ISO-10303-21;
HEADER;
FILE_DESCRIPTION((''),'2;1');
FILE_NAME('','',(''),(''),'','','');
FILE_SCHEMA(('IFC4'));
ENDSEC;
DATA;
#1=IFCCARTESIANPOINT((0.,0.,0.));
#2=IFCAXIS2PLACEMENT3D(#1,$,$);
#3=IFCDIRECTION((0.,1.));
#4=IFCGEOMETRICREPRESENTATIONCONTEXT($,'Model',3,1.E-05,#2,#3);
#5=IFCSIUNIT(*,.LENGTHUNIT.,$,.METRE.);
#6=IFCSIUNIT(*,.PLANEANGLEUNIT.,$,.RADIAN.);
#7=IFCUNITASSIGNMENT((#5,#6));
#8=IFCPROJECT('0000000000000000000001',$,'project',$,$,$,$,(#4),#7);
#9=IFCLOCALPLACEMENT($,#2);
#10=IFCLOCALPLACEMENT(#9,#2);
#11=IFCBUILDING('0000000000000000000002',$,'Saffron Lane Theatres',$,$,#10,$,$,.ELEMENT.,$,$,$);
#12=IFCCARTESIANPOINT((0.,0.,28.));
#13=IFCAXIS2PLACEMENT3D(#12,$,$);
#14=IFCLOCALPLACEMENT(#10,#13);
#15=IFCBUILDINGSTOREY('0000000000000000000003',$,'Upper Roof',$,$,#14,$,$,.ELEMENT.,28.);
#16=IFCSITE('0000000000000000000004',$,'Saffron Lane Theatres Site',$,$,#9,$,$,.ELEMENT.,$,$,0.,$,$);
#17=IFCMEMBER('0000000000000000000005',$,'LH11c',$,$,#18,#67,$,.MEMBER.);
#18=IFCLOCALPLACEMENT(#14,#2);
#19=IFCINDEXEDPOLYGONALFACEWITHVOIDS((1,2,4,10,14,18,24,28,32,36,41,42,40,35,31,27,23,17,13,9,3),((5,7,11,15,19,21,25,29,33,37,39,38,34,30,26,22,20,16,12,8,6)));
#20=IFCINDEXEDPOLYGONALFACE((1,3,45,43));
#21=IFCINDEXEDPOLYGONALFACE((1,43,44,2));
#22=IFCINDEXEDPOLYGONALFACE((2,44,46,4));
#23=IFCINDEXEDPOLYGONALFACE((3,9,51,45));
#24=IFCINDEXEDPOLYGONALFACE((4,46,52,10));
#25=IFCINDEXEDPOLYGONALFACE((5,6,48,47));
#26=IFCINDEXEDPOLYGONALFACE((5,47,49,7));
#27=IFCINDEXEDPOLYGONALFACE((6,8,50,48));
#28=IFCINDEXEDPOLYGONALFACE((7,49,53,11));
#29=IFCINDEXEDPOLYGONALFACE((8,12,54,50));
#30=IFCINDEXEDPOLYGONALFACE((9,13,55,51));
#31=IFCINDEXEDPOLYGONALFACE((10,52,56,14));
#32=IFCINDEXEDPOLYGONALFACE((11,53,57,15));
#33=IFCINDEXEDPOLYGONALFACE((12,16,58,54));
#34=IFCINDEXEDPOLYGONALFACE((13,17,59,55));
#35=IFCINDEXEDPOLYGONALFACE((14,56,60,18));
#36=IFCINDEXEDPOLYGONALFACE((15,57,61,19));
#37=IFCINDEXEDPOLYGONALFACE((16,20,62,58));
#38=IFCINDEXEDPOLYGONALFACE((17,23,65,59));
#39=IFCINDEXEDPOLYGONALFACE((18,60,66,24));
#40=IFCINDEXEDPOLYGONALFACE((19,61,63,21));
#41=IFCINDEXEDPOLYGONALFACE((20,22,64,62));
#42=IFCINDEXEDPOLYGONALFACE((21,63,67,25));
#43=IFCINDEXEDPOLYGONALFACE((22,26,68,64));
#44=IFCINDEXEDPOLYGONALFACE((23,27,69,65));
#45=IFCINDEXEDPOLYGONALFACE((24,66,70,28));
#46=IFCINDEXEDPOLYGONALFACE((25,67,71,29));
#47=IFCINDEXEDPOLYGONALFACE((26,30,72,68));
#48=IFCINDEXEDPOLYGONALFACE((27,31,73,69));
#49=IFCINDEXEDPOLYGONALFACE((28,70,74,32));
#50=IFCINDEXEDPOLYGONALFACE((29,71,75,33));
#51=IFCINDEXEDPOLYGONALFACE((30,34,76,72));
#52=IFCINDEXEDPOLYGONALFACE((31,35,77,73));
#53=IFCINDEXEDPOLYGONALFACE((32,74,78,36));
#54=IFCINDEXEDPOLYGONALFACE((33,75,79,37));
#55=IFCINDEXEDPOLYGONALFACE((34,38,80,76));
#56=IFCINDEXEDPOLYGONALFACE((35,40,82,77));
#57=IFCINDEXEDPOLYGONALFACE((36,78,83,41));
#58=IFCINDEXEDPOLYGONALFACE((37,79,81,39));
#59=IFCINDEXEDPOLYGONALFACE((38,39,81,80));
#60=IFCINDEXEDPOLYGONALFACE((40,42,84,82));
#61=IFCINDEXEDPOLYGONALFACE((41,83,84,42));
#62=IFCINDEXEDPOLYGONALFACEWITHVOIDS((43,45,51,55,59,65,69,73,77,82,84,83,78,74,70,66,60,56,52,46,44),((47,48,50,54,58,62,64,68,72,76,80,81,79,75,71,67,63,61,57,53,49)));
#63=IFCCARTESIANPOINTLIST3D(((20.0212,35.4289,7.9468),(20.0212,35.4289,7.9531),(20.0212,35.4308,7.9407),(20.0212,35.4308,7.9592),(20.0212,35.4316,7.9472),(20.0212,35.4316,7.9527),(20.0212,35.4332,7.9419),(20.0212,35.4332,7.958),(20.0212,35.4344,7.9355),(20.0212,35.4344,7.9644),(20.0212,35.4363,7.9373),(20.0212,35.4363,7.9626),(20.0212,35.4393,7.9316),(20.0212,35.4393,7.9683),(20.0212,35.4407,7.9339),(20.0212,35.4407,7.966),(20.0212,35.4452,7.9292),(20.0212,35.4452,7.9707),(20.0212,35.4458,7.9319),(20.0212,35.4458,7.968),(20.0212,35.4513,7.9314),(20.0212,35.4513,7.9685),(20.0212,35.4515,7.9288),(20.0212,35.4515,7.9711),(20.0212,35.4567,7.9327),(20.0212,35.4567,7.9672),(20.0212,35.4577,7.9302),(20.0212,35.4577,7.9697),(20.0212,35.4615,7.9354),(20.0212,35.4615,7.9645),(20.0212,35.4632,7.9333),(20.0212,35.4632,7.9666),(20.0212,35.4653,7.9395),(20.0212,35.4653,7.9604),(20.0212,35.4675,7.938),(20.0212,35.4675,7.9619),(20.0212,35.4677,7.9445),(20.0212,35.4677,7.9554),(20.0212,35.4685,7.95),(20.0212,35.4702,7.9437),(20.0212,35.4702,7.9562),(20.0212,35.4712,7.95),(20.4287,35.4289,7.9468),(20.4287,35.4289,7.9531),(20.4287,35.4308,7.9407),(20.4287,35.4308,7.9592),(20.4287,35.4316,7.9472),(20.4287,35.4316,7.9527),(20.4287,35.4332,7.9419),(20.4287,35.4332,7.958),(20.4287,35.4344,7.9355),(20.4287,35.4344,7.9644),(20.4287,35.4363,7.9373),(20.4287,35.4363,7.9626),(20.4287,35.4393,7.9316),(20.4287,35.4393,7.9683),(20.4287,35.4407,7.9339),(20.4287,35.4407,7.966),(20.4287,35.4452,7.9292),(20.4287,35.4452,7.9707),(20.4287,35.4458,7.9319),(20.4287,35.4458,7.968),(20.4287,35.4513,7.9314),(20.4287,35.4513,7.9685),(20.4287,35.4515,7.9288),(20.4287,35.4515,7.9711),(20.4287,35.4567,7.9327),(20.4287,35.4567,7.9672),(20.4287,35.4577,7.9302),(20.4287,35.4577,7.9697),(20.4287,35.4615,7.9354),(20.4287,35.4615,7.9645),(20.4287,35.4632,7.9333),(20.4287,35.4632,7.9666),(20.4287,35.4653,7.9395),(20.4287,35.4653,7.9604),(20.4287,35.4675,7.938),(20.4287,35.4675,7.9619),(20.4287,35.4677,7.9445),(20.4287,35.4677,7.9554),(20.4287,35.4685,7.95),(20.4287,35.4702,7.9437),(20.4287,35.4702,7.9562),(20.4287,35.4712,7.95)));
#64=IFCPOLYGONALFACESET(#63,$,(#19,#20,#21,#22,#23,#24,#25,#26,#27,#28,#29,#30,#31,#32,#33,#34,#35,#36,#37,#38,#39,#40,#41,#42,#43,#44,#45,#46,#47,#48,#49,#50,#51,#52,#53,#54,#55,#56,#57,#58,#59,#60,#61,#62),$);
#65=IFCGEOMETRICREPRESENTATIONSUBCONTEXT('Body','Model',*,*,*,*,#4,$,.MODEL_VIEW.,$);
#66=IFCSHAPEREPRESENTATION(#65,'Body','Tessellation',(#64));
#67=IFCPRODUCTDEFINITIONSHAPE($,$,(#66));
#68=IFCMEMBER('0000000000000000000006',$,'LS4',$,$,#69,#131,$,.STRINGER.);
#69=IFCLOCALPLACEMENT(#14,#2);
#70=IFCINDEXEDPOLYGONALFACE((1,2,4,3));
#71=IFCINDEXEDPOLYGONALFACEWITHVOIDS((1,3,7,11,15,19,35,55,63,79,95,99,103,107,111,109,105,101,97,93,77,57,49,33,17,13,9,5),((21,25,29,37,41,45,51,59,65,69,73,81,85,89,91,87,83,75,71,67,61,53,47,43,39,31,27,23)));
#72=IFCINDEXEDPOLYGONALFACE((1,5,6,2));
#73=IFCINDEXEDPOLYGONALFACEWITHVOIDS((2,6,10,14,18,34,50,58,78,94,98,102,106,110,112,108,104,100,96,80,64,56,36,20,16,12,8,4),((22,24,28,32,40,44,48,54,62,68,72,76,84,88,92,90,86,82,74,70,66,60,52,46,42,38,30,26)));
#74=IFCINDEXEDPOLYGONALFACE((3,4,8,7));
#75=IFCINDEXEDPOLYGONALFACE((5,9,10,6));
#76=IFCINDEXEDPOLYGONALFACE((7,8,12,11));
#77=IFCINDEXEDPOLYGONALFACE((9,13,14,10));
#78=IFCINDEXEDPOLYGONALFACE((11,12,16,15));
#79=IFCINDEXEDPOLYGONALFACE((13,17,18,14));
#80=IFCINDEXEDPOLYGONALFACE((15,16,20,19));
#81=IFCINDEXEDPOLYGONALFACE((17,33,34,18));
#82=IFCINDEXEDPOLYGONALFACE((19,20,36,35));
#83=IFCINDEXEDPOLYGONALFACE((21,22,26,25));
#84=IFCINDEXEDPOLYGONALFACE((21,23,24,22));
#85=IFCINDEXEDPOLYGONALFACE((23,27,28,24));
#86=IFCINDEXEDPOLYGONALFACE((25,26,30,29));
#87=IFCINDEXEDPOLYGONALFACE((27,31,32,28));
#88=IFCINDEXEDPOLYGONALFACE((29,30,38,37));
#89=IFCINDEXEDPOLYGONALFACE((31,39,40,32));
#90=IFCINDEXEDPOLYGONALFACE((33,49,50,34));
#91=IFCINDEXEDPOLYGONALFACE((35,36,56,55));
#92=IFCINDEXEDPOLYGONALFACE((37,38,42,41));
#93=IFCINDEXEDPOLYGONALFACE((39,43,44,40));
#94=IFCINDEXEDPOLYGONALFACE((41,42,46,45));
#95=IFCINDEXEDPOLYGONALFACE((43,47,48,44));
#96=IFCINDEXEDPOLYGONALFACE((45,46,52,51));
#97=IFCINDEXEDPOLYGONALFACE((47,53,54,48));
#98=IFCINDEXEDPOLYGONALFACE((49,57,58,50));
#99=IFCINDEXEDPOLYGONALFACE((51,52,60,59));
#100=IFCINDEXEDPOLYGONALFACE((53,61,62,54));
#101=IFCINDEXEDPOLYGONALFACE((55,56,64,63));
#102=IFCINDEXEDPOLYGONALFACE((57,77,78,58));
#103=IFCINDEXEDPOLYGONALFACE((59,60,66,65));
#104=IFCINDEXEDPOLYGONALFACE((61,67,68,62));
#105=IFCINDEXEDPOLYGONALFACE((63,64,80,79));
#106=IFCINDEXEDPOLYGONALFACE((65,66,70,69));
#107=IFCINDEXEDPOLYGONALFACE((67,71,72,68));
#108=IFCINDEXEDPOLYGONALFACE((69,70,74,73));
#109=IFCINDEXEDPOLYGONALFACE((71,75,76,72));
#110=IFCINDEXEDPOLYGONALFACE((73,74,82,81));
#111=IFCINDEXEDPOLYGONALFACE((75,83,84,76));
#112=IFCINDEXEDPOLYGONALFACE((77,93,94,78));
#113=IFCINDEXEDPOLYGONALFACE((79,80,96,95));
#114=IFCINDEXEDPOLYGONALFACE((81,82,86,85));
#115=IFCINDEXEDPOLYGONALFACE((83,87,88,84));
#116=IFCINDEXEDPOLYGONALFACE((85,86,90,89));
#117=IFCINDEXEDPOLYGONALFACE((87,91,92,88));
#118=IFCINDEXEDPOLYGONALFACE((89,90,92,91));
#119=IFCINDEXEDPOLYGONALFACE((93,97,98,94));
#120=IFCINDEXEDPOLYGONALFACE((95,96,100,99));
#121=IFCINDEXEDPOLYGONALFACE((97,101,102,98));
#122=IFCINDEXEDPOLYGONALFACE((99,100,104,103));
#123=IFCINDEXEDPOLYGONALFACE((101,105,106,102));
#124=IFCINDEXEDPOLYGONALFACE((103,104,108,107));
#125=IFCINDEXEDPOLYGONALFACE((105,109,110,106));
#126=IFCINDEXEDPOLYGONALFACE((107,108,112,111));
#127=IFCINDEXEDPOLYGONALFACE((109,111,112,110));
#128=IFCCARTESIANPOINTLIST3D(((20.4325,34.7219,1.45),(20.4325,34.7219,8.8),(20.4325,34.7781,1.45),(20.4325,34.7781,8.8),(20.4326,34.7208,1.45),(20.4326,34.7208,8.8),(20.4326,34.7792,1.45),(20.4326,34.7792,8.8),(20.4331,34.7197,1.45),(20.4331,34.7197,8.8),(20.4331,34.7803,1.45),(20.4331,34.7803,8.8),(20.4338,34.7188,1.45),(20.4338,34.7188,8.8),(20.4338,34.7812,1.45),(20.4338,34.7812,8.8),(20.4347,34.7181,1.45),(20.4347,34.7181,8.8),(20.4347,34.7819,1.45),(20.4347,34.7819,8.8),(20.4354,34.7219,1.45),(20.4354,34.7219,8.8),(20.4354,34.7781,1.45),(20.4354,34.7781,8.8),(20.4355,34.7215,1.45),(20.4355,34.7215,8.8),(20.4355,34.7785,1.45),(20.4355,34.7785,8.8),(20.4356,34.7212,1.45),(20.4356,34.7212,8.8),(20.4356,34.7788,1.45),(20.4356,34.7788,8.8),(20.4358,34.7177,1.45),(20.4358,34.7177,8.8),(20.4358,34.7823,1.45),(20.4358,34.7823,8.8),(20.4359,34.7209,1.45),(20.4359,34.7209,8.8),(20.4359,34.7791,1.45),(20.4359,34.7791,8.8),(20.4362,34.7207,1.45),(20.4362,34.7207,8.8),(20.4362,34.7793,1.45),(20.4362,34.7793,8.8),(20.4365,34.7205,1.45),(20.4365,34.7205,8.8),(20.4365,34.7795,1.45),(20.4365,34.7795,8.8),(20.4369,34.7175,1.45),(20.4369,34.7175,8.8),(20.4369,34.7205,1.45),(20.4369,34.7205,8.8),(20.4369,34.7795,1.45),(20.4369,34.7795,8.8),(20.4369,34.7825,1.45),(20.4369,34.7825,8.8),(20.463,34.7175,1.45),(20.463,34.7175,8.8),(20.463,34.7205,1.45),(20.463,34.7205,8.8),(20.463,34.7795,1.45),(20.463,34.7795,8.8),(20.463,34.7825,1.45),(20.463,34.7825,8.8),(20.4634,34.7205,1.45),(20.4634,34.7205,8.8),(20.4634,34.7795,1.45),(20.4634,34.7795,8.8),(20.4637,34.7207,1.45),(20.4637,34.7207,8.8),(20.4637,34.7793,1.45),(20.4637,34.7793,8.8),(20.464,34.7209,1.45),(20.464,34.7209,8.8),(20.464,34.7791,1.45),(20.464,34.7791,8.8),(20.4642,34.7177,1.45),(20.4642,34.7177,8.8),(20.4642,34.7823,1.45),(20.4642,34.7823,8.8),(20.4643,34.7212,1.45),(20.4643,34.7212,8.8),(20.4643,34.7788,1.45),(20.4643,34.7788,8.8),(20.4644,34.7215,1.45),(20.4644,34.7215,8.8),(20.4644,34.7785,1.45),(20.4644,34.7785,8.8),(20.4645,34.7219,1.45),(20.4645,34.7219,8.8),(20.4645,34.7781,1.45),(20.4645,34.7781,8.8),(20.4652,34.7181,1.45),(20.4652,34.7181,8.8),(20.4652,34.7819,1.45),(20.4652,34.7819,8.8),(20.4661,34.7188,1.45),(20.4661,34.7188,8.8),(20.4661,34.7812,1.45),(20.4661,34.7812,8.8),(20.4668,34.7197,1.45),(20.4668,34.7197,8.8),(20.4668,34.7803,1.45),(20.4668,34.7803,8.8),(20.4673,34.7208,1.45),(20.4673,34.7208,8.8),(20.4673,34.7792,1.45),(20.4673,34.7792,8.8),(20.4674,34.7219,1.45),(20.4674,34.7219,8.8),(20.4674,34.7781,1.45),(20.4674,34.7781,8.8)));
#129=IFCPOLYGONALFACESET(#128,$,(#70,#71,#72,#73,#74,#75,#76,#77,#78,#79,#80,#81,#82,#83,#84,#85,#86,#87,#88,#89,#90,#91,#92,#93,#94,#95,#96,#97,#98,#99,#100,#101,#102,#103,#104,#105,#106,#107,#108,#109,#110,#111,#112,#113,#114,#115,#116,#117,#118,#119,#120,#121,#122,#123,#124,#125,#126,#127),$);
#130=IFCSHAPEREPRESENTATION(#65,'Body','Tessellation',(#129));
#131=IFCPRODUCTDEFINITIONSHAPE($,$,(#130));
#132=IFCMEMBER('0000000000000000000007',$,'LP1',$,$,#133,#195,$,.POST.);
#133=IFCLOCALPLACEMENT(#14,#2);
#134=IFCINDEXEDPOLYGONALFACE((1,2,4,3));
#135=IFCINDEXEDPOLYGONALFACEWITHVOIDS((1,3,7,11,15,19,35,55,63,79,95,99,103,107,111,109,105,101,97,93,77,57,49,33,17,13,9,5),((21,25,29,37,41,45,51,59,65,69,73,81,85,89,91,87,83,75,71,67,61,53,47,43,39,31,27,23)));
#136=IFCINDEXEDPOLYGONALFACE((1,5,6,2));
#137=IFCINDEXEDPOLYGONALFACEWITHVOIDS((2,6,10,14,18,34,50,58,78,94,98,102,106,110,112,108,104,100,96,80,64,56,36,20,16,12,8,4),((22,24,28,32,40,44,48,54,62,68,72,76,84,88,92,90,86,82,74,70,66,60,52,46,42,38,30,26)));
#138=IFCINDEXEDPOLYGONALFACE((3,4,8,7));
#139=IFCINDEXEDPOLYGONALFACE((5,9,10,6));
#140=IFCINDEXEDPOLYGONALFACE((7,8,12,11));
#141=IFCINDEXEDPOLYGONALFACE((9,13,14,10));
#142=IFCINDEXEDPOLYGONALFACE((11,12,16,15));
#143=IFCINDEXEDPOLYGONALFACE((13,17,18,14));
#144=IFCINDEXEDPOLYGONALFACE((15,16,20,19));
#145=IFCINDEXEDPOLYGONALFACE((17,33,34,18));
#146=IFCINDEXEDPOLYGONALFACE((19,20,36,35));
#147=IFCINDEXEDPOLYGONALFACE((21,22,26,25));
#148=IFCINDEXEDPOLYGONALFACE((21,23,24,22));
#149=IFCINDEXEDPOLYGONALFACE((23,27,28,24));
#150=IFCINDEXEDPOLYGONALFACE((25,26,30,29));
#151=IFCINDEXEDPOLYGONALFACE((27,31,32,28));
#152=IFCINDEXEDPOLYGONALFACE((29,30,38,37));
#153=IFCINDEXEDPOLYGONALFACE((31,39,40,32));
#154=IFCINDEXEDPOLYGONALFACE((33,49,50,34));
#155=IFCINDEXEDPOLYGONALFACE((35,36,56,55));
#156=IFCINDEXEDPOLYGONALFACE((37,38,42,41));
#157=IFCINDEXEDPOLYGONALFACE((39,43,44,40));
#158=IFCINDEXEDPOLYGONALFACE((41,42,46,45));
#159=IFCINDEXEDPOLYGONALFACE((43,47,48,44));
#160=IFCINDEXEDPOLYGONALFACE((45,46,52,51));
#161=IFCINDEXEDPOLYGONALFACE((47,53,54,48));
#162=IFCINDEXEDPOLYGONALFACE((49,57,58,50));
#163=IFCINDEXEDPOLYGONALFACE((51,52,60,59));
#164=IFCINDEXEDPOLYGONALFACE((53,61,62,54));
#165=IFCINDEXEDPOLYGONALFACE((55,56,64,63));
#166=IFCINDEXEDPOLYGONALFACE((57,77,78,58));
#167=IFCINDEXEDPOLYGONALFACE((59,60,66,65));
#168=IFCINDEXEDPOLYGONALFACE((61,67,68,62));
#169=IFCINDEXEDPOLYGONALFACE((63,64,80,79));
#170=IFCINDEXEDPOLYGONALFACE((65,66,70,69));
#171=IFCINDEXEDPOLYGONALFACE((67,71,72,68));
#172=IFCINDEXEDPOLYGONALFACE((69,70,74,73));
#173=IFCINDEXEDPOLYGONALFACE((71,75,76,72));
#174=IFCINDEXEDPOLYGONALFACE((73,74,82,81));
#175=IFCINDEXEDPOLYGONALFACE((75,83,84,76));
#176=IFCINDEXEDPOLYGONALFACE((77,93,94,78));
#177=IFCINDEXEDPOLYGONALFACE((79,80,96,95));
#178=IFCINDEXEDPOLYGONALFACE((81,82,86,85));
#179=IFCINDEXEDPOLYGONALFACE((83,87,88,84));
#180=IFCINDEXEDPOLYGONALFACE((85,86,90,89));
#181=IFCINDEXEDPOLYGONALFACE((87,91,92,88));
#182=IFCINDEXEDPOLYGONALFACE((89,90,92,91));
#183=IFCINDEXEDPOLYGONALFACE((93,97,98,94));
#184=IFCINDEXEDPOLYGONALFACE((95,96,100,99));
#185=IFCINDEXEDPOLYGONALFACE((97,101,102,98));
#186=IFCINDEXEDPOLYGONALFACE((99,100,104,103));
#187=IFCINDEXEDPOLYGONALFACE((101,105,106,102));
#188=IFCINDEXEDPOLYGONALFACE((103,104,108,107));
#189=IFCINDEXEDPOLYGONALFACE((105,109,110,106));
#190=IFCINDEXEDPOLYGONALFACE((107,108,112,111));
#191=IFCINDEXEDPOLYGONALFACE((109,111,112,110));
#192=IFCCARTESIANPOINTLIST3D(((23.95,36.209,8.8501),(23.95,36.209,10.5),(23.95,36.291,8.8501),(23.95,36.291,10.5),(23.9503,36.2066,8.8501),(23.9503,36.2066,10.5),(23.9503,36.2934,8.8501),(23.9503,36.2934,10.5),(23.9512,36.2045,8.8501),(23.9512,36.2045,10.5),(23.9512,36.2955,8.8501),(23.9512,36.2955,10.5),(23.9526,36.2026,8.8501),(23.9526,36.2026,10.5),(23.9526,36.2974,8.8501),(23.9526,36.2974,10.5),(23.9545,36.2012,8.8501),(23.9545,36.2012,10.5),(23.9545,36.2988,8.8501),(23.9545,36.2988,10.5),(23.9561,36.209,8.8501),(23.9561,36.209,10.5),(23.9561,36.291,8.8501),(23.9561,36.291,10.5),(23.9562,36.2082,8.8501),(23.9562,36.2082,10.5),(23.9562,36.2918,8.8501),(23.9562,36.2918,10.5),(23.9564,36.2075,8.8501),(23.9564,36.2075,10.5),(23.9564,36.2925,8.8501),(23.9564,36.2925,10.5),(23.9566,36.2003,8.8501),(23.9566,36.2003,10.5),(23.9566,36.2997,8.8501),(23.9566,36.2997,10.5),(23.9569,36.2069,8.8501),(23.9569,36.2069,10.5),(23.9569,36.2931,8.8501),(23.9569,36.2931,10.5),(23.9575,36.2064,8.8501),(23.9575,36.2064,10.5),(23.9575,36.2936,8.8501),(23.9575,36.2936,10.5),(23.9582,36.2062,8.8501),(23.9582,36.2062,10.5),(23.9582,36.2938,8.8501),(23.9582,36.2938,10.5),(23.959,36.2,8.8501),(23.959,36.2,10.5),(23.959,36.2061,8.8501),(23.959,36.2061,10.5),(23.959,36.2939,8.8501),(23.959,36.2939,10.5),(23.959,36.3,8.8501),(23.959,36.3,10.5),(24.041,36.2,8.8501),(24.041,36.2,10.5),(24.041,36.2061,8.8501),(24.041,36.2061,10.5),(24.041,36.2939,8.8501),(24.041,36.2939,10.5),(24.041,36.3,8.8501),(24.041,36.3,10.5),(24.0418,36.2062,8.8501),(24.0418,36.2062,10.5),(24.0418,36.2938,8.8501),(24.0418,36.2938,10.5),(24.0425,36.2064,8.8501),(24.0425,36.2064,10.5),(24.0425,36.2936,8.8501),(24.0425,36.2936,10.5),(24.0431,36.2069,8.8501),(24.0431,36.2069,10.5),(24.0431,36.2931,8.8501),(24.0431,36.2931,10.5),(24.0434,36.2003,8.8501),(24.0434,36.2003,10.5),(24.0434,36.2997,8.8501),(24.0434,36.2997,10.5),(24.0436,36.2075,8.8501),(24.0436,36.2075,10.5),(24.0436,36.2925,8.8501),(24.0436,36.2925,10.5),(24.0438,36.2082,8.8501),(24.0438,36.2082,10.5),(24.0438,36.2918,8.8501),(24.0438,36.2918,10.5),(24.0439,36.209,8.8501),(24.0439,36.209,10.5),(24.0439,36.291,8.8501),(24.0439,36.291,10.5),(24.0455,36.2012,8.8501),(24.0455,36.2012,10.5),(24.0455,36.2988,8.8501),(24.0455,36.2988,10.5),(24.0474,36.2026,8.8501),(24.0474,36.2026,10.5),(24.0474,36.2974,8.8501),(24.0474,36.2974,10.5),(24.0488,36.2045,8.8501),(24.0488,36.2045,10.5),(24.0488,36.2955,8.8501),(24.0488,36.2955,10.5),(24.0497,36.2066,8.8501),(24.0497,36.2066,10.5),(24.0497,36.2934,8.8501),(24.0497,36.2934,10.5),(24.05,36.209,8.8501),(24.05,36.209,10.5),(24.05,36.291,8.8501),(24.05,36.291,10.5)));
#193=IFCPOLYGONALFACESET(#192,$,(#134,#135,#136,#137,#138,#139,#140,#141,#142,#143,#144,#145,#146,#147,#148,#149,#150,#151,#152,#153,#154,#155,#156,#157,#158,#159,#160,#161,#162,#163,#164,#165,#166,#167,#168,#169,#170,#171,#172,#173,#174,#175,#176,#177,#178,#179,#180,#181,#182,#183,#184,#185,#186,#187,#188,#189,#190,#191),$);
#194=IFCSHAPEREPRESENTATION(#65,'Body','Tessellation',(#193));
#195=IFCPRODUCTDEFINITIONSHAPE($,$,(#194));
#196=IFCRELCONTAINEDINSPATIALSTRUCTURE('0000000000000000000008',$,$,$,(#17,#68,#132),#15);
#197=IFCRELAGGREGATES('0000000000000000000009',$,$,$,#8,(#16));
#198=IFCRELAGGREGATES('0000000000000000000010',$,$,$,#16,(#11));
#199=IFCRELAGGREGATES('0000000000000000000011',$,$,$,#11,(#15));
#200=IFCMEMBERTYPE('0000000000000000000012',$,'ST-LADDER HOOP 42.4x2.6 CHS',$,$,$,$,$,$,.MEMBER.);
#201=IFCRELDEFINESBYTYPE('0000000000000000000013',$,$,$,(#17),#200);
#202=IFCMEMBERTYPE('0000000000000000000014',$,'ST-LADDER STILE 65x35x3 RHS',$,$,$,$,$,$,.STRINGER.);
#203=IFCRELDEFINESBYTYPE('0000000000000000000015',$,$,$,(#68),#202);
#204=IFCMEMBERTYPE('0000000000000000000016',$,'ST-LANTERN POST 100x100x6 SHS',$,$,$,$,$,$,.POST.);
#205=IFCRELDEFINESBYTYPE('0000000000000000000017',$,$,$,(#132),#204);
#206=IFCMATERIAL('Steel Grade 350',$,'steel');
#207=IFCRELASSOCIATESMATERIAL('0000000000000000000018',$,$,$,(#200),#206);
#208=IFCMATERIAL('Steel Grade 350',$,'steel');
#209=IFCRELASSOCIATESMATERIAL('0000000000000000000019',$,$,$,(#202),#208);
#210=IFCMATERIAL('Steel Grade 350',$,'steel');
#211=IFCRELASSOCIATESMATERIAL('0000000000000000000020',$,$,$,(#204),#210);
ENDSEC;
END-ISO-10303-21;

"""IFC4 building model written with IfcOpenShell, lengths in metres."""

from ifc_helpers import new_model, si_unit, direction, frame, origin, origin_2d, place, context, subcontext, project, spatial, hollow_rectangle, hollow_circle, extrude, material, material_profile, profile_set, type_object, element, save


model = new_model("IFC4")

# Units and contexts
model_context = context("Model", 3, precision=1e-05, world=origin(), true_north=direction((0.0, 1.0)))
body_context = subcontext(model_context, "Body", "Model", "MODEL_VIEW")
ifc_project = project(units=[si_unit("LENGTHUNIT", "METRE"), si_unit("PLANEANGLEUNIT", "RADIAN")], contexts=[model_context])

# Site, building, storey
site_placement = place(None, origin())
site = spatial("IfcSite", under=ifc_project, at=site_placement, Name="Saffron Lane Theatres Site", CompositionType="ELEMENT", RefElevation=0.0)
building_placement = place(site_placement, origin())
building = spatial("IfcBuilding", under=site, at=building_placement, Name="Saffron Lane Theatres", CompositionType="ELEMENT")
storey_placement = place(building_placement, frame((0.0, 0.0, 28.0)))
storey = spatial("IfcBuildingStorey", under=building, at=storey_placement, Name="Upper Roof", CompositionType="ELEMENT", Elevation=28.0)

# Members
ifc_material_1 = material(Name="Steel Grade 350", Category="steel")
ifc_material_profile_1 = material_profile(ifc_material_1, hollow_circle(Radius=0.0212, WallThickness=0.0027, at=origin_2d()))
ifc_profile_set_1 = profile_set([ifc_material_profile_1], Name="Steel Grade 350")
member_type_1 = type_object("IfcMemberType", Name="ST-LADDER HOOP 42.4x2.6 CHS", PredefinedType="MEMBER", material=ifc_profile_set_1)
member_1_placement = place(storey_placement, frame((20.0212, 35.45, 7.95), z_axis=(1.0, 0.0, 0.0), x_axis=(0.0, 1.0, 0.0)))
element("IfcMember", 1, at=member_1_placement, inside=storey, type_object=member_type_1, Name="LH11c", PredefinedType="MEMBER", context=body_context, shape_type="SweptSolid", body=[
    extrude(hollow_circle(Radius=0.0212, WallThickness=0.0027, at=origin_2d()), origin(), (0.0, 0.0, 1.0), 0.4075),
])
ifc_material_2 = material(Name="Steel Grade 350", Category="steel")
ifc_material_profile_2 = material_profile(ifc_material_2, hollow_rectangle(XDim=0.0349, YDim=0.0649, WallThickness=0.0029, InnerFilletRadius=0.0015, OuterFilletRadius=0.0044, at=origin_2d()))
ifc_profile_set_2 = profile_set([ifc_material_profile_2], Name="Steel Grade 350")
member_type_2 = type_object("IfcMemberType", Name="ST-LADDER STILE 65x35x3 RHS", PredefinedType="STRINGER", material=ifc_profile_set_2)
member_2_placement = place(storey_placement, frame((20.45, 34.75, 1.45), z_axis=(0.0, 0.0, 1.0), x_axis=(1.0, 0.0, 0.0)))
element("IfcMember", 2, at=member_2_placement, inside=storey, type_object=member_type_2, Name="LS4", PredefinedType="STRINGER", context=body_context, shape_type="SweptSolid", body=[
    extrude(hollow_rectangle(XDim=0.0349, YDim=0.0649, WallThickness=0.0029, InnerFilletRadius=0.0015, OuterFilletRadius=0.0044, at=origin_2d()), origin(), (0.0, 0.0, 1.0), 7.3501),
])
ifc_material_3 = material(Name="Steel Grade 350", Category="steel")
ifc_material_profile_3 = material_profile(ifc_material_3, hollow_rectangle(XDim=0.1001, YDim=0.1001, WallThickness=0.0061, InnerFilletRadius=0.0029, OuterFilletRadius=0.009, at=origin_2d()))
ifc_profile_set_3 = profile_set([ifc_material_profile_3], Name="Steel Grade 350")
member_type_3 = type_object("IfcMemberType", Name="ST-LANTERN POST 100x100x6 SHS", PredefinedType="POST", material=ifc_profile_set_3)
member_3_placement = place(storey_placement, frame((24.0, 36.25, 8.8501), z_axis=(0.0, 0.0, 1.0), x_axis=(1.0, 0.0, 0.0)))
element("IfcMember", 3, at=member_3_placement, inside=storey, type_object=member_type_3, Name="LP1", PredefinedType="POST", context=body_context, shape_type="SweptSolid", body=[
    extrude(hollow_rectangle(XDim=0.1001, YDim=0.1001, WallThickness=0.0061, InnerFilletRadius=0.0029, OuterFilletRadius=0.009, at=origin_2d()), origin(), (0.0, 0.0, 1.0), 1.6499),
])

save(model, "model.ifc")
